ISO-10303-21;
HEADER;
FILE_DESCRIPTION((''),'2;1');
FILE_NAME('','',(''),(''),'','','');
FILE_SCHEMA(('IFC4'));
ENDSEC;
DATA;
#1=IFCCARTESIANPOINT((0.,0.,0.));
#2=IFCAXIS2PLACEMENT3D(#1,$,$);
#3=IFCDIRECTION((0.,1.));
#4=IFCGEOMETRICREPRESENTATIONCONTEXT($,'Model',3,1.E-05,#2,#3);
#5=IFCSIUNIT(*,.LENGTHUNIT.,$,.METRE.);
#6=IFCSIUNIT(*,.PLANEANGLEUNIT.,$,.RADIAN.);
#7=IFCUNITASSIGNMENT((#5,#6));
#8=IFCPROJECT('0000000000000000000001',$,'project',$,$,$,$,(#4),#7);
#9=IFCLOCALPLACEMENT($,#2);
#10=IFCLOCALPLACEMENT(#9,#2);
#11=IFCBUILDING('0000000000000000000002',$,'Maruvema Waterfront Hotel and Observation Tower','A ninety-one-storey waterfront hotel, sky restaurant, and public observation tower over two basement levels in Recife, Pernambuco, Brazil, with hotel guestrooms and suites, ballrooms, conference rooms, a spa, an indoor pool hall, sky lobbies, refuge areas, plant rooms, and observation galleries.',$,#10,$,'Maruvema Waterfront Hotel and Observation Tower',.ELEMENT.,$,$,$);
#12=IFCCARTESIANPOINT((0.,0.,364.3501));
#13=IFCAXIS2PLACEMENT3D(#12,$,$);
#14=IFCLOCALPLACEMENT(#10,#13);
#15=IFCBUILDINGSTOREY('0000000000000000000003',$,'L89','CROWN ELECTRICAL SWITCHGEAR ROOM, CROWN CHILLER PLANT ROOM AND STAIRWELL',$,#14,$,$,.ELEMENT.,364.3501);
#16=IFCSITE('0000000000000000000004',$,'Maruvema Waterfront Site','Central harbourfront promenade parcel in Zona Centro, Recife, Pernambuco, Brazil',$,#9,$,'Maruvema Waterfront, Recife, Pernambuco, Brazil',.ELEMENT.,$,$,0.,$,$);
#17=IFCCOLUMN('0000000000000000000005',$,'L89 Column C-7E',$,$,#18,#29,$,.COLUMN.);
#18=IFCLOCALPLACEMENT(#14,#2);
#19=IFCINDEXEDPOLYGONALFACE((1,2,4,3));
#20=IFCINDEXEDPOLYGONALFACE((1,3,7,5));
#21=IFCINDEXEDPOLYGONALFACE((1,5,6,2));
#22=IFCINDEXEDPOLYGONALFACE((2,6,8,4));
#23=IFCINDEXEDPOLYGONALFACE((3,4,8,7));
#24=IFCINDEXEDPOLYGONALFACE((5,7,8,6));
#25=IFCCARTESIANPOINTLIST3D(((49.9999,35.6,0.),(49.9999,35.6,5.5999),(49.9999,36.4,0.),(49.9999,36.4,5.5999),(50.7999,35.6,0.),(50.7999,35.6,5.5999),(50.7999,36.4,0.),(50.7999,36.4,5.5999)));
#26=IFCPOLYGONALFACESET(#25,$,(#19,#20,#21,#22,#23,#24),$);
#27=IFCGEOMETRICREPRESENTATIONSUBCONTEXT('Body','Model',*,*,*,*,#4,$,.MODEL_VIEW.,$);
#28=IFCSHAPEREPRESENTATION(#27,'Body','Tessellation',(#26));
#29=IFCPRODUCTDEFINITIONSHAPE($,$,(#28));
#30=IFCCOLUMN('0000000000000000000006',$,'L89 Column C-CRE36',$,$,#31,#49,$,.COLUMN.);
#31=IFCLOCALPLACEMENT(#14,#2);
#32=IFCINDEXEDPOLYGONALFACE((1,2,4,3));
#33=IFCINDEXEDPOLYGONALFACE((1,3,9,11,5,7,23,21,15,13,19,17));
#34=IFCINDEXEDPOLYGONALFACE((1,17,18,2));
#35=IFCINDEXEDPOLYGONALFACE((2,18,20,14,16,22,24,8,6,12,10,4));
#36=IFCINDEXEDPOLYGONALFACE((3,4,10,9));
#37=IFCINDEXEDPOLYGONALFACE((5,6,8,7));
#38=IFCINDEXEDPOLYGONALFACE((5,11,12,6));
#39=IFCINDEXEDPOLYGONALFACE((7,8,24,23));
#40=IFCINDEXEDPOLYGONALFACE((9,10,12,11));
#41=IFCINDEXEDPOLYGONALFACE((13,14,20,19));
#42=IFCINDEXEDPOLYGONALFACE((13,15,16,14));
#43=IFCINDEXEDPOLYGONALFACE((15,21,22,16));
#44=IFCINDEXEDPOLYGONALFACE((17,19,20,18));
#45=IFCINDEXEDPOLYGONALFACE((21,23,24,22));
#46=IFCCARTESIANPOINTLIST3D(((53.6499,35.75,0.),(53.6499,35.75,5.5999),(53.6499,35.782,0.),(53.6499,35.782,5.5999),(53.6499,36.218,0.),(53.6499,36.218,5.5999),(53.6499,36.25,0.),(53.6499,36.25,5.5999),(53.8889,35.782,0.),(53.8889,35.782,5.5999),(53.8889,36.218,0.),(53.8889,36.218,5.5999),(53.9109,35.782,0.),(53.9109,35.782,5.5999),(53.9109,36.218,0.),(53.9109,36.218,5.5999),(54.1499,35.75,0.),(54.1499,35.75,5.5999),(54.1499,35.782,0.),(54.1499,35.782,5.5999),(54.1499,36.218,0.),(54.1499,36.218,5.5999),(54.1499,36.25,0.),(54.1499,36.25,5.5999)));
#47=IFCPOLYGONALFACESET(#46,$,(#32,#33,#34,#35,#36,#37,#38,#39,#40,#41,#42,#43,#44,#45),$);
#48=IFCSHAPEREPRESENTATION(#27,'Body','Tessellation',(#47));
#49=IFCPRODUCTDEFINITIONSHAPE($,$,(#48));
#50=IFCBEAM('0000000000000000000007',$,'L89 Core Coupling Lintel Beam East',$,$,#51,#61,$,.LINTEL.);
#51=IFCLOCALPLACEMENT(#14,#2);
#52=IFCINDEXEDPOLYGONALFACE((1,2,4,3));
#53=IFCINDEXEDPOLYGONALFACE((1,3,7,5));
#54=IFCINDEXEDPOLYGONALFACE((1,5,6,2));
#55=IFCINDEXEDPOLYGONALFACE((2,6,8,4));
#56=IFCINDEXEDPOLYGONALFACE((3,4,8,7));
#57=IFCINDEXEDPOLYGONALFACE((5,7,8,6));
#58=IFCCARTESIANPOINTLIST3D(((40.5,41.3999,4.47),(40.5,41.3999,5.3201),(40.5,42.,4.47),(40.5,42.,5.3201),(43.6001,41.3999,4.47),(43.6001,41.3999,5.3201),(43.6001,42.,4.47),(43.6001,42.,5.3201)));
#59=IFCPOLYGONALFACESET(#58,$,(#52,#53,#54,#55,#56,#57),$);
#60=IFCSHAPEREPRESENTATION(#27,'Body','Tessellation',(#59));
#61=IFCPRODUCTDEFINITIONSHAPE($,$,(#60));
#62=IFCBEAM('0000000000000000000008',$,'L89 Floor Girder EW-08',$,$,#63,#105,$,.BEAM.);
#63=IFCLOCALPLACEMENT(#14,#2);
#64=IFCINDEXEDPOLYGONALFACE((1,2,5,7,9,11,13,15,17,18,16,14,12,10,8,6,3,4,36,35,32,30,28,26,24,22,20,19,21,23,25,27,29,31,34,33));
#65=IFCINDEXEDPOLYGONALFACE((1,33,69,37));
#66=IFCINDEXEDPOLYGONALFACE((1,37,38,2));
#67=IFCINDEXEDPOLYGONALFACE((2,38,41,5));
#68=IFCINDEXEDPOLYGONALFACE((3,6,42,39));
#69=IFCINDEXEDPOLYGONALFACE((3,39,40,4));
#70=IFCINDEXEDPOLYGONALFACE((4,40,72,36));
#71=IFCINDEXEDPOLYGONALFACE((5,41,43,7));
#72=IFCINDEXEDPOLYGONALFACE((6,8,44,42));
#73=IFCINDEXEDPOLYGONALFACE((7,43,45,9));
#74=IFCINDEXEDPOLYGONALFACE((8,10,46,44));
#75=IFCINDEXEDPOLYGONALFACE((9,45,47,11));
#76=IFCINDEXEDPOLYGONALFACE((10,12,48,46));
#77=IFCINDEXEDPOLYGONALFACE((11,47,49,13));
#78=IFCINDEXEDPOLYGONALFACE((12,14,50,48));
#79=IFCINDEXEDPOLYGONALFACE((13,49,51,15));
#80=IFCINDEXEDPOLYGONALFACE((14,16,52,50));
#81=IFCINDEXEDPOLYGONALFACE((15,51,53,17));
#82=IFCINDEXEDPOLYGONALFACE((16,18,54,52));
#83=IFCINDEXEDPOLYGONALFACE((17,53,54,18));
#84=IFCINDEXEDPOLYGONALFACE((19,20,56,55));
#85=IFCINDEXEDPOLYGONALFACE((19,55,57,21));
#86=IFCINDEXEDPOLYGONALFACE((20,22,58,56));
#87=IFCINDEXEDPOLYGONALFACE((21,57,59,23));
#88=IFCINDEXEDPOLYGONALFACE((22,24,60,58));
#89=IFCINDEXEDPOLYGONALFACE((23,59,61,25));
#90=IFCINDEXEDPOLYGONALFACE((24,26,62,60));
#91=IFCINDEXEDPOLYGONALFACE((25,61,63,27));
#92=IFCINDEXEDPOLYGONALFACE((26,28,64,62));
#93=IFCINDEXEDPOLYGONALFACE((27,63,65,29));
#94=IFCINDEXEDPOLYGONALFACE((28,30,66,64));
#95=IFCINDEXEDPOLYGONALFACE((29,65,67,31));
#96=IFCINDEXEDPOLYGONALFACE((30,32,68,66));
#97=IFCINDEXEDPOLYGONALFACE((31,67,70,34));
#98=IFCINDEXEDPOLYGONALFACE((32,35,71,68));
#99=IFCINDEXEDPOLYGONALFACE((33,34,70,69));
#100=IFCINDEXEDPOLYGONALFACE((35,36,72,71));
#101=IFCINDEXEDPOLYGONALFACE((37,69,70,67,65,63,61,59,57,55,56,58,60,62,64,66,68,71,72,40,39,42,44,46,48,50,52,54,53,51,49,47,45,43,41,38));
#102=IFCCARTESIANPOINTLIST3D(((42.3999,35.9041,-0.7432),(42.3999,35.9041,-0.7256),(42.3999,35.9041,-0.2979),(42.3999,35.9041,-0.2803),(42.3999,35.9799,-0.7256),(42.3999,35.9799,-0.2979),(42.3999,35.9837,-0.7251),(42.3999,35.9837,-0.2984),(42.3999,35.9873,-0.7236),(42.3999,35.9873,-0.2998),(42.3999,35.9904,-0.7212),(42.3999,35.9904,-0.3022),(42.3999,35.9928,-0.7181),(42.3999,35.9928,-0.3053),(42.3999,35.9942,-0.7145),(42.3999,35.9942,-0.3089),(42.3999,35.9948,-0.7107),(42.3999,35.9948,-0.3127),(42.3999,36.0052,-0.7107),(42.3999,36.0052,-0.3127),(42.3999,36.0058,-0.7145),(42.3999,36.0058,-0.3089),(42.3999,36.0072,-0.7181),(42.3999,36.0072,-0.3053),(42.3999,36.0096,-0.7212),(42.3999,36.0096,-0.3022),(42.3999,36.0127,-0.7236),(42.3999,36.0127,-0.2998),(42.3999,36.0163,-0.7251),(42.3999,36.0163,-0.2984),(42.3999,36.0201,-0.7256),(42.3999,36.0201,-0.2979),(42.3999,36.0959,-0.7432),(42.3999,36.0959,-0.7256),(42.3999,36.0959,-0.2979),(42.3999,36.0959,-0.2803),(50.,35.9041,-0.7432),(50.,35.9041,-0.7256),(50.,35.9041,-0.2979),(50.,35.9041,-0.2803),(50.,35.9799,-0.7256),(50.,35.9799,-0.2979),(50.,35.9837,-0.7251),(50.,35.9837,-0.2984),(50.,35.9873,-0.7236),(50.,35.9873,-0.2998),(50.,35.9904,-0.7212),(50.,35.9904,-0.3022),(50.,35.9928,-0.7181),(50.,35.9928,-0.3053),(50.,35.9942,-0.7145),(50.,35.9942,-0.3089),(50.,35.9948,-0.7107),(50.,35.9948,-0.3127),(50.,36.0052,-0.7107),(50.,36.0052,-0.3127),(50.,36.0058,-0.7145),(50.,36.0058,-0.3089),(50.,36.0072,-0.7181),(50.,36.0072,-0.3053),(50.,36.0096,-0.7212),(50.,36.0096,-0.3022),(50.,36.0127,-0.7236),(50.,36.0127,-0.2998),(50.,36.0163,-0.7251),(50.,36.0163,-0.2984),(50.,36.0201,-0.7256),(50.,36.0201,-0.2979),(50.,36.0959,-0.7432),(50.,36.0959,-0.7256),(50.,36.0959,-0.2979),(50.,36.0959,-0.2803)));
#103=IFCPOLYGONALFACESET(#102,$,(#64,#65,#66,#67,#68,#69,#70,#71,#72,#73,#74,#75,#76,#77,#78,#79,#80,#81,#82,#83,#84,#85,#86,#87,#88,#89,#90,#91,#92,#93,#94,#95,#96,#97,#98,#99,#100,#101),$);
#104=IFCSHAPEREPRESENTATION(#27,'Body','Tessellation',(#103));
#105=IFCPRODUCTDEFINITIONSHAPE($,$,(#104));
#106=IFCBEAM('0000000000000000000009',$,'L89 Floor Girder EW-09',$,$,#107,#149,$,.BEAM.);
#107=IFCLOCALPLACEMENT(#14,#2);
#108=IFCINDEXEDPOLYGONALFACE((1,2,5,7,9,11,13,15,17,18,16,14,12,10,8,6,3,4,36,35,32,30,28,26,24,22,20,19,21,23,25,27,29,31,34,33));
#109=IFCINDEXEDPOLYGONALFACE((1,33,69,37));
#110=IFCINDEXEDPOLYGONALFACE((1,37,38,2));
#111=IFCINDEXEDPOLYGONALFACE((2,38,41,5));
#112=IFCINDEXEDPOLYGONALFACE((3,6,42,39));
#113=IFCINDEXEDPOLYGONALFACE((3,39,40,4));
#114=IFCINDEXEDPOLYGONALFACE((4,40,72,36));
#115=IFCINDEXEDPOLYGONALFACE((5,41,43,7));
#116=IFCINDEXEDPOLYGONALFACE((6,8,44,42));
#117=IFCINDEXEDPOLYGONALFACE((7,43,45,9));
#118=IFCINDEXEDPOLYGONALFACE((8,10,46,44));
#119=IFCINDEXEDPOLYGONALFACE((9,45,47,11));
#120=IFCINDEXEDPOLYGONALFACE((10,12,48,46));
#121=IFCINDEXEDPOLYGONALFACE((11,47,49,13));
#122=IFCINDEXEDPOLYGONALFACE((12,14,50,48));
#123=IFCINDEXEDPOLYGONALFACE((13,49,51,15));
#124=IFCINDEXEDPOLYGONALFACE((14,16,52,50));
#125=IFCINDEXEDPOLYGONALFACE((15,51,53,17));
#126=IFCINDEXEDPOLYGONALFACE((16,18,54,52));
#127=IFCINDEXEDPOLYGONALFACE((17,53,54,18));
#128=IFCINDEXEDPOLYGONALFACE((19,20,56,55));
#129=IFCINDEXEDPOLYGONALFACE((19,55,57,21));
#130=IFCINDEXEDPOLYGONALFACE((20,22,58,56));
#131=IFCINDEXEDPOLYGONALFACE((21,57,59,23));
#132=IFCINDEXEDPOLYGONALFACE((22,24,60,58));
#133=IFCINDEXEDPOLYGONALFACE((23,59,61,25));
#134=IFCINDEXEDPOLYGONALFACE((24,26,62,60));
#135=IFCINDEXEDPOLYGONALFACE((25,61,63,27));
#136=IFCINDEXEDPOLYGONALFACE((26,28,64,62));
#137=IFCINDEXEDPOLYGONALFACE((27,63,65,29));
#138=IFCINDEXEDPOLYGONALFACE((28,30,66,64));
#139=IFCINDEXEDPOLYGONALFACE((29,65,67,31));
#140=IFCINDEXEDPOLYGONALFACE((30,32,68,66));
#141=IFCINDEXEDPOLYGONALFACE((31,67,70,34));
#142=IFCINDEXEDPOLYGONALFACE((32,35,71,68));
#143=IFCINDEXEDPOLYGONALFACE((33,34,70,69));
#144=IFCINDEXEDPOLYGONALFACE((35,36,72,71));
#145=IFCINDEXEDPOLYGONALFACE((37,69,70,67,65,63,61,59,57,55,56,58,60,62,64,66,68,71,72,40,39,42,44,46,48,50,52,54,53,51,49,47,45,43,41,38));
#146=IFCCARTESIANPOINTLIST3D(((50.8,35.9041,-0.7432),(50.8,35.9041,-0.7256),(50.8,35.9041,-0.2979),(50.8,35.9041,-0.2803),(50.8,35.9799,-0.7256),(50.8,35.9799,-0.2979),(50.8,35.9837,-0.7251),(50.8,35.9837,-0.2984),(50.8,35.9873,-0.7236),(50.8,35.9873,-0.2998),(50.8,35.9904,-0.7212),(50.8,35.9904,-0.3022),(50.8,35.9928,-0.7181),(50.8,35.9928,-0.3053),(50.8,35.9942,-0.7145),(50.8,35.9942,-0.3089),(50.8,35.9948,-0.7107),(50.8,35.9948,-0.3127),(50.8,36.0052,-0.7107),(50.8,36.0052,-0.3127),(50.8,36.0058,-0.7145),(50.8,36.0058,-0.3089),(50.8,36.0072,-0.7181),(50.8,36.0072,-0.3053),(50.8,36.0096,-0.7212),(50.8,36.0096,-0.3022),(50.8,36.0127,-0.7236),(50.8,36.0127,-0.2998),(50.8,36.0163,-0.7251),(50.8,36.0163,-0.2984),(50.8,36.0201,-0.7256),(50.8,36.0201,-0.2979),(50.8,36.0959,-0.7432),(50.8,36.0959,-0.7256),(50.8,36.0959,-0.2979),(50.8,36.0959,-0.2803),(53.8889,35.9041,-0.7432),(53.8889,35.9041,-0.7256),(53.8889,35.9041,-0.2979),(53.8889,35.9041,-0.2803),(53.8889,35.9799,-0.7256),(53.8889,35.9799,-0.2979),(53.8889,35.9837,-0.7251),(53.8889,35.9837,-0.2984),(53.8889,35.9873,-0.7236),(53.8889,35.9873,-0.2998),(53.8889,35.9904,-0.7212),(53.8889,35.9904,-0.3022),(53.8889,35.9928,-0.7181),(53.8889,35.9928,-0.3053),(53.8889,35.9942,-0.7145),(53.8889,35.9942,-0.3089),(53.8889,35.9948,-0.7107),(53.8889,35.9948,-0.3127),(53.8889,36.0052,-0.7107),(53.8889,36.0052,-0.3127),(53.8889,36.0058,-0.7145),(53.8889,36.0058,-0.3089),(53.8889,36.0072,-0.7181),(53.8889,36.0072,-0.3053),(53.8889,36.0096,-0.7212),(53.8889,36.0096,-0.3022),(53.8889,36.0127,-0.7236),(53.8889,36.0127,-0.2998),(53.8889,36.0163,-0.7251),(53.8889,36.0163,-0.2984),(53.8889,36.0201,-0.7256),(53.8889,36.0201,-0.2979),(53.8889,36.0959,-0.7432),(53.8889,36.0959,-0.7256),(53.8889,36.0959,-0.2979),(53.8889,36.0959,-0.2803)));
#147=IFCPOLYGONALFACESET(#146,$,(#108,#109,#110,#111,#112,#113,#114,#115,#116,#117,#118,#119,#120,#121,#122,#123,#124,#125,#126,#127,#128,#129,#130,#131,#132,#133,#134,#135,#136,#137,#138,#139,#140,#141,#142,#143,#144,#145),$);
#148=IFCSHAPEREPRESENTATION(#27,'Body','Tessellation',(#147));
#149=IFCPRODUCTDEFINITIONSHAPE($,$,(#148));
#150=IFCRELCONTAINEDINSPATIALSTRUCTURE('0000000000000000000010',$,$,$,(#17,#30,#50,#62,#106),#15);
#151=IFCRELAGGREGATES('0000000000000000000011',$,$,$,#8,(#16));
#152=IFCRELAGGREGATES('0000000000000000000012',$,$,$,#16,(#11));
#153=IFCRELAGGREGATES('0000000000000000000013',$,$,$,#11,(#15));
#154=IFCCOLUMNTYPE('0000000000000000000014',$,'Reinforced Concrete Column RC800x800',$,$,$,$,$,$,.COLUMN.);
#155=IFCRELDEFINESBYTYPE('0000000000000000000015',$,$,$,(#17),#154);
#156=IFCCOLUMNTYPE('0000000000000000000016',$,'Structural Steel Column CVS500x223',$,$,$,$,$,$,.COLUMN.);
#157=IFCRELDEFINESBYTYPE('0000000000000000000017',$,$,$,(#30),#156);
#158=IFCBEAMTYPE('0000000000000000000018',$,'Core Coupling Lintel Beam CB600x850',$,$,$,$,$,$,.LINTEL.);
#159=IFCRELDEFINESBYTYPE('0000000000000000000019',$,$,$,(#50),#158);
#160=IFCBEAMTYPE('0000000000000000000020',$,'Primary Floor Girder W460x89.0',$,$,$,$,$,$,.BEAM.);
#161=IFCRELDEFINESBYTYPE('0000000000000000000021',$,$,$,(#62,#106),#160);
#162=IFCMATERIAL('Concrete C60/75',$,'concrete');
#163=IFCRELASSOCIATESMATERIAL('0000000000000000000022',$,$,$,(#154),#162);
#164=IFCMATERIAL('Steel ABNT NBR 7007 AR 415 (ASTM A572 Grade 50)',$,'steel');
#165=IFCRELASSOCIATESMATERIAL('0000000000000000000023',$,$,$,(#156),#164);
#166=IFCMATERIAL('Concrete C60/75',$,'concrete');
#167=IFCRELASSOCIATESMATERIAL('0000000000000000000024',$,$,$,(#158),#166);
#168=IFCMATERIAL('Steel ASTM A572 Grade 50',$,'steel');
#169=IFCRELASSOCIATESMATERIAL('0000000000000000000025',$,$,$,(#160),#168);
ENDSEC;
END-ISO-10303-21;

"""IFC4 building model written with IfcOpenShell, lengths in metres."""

from ifc_helpers import new_model, si_unit, direction, frame, origin, origin_2d, place, context, subcontext, project, spatial, rectangle, i_section, extrude, material, material_profile, profile_set, type_object, element, save


model = new_model("IFC4")

# Units and contexts
model_context = context("Model", 3, precision=1e-05, world=origin(), true_north=direction((0.0, 1.0)))
body_context = subcontext(model_context, "Body", "Model", "MODEL_VIEW")
ifc_project = project(units=[si_unit("LENGTHUNIT", "METRE"), si_unit("PLANEANGLEUNIT", "RADIAN")], contexts=[model_context])

# Site, building, storey
site_placement = place(None, origin())
site = spatial("IfcSite", under=ifc_project, at=site_placement, Name="Maruvema Waterfront Site", Description="Central harbourfront promenade parcel in Zona Centro, Recife, Pernambuco, Brazil", LongName="Maruvema Waterfront, Recife, Pernambuco, Brazil", CompositionType="ELEMENT", RefElevation=0.0)
building_placement = place(site_placement, origin())
building = spatial("IfcBuilding", under=site, at=building_placement, Name="Maruvema Waterfront Hotel and Observation Tower", Description="A ninety-one-storey waterfront hotel, sky restaurant, and public observation tower over two basement levels in Recife, Pernambuco, Brazil, with hotel guestrooms and suites, ballrooms, conference rooms, a spa, an indoor pool hall, sky lobbies, refuge areas, plant rooms, and observation galleries.", LongName="Maruvema Waterfront Hotel and Observation Tower", CompositionType="ELEMENT")
storey_placement = place(building_placement, frame((0.0, 0.0, 364.3501)))
storey = spatial("IfcBuildingStorey", under=building, at=storey_placement, Name="L89", Description="CROWN ELECTRICAL SWITCHGEAR ROOM, CROWN CHILLER PLANT ROOM AND STAIRWELL", CompositionType="ELEMENT", Elevation=364.3501)

# Columns
ifc_material_1 = material(Name="Concrete C60/75", Category="concrete")
ifc_material_profile_1 = material_profile(ifc_material_1, rectangle(XDim=0.8, YDim=0.8, at=origin_2d()), Name="RC800x800")
ifc_profile_set_1 = profile_set([ifc_material_profile_1], Name="Concrete C60/75")
column_type_1 = type_object("IfcColumnType", Name="Reinforced Concrete Column RC800x800", PredefinedType="COLUMN", material=ifc_profile_set_1)
column_1_placement = place(storey_placement, frame((50.3999, 36.0, 0.0), z_axis=(0.0, 0.0, 1.0), x_axis=(1.0, 0.0, 0.0)))
element("IfcColumn", 1, at=column_1_placement, inside=storey, type_object=column_type_1, Name="L89 Column C-7E", PredefinedType="COLUMN", context=body_context, shape_type="SweptSolid", body=[
    extrude(rectangle(XDim=0.8, YDim=0.8, at=origin_2d()), origin(), (0.0, 0.0, 1.0), 5.5999),
])
ifc_material_2 = material(Name="Steel ABNT NBR 7007 AR 415 (ASTM A572 Grade 50)", Category="steel")
ifc_material_profile_2 = material_profile(ifc_material_2, i_section(OverallWidth=0.5, OverallDepth=0.5, WebThickness=0.022, FlangeThickness=0.032, at=origin_2d()), Name="CVS500x223")
ifc_profile_set_2 = profile_set([ifc_material_profile_2], Name="Steel ABNT NBR 7007 AR 415 (ASTM A572 Grade 50)")
column_type_2 = type_object("IfcColumnType", Name="Structural Steel Column CVS500x223", PredefinedType="COLUMN", material=ifc_profile_set_2)
column_2_placement = place(storey_placement, frame((53.8999, 36.0, 0.0), z_axis=(0.0, 0.0, 1.0), x_axis=(1.0, 0.0, 0.0)))
element("IfcColumn", 2, at=column_2_placement, inside=storey, type_object=column_type_2, Name="L89 Column C-CRE36", PredefinedType="COLUMN", context=body_context, shape_type="SweptSolid", body=[
    extrude(i_section(OverallWidth=0.5, OverallDepth=0.5, WebThickness=0.022, FlangeThickness=0.032, at=origin_2d()), origin(), (0.0, 0.0, 1.0), 5.5999),
])

# Beams
ifc_material_3 = material(Name="Concrete C60/75", Category="concrete")
ifc_material_profile_3 = material_profile(ifc_material_3, rectangle(XDim=0.6001, YDim=0.8501, at=origin_2d()), Name="CB600x850")
ifc_profile_set_3 = profile_set([ifc_material_profile_3], Name="Concrete C60/75")
beam_type_1 = type_object("IfcBeamType", Name="Core Coupling Lintel Beam CB600x850", PredefinedType="LINTEL", material=ifc_profile_set_3)
beam_1_placement = place(storey_placement, frame((40.5, 41.7, 4.895), z_axis=(1.0, 0.0, 0.0), x_axis=(0.0, 1.0, 0.0)))
element("IfcBeam", 3, at=beam_1_placement, inside=storey, type_object=beam_type_1, Name="L89 Core Coupling Lintel Beam East", PredefinedType="LINTEL", context=body_context, shape_type="SweptSolid", body=[
    extrude(rectangle(XDim=0.6001, YDim=0.8501, at=origin_2d()), origin(), (0.0, 0.0, 1.0), 3.1001),
])
ifc_material_4 = material(Name="Steel ASTM A572 Grade 50", Category="steel")
ifc_material_profile_4 = material_profile(ifc_material_4, i_section(OverallWidth=0.1919, OverallDepth=0.4629, WebThickness=0.0105, FlangeThickness=0.0176, FilletRadius=0.0149, at=origin_2d()), Name="W460x89.0")
ifc_profile_set_4 = profile_set([ifc_material_profile_4], Name="Steel ASTM A572 Grade 50")
beam_type_2 = type_object("IfcBeamType", Name="Primary Floor Girder W460x89.0", PredefinedType="BEAM", material=ifc_profile_set_4)
beam_2_placement = place(storey_placement, frame((42.3999, 36.0, -0.5117), z_axis=(1.0, 0.0, 0.0), x_axis=(0.0, 1.0, 0.0)))
element("IfcBeam", 4, at=beam_2_placement, inside=storey, type_object=beam_type_2, Name="L89 Floor Girder EW-08", PredefinedType="BEAM", context=body_context, shape_type="SweptSolid", body=[
    extrude(i_section(OverallWidth=0.1919, OverallDepth=0.4629, WebThickness=0.0105, FlangeThickness=0.0176, FilletRadius=0.0149, at=origin_2d()), origin(), (0.0, 0.0, 1.0), 7.6001),
])
beam_3_placement = place(storey_placement, frame((50.8, 36.0, -0.5117), z_axis=(1.0, 0.0, 0.0), x_axis=(0.0, 1.0, 0.0)))
element("IfcBeam", 5, at=beam_3_placement, inside=storey, type_object=beam_type_2, Name="L89 Floor Girder EW-09", PredefinedType="BEAM", context=body_context, shape_type="SweptSolid", body=[
    extrude(i_section(OverallWidth=0.1919, OverallDepth=0.4629, WebThickness=0.0105, FlangeThickness=0.0176, FilletRadius=0.0149, at=origin_2d()), origin(), (0.0, 0.0, 1.0), 3.0889),
])

save(model, "model.ifc")
